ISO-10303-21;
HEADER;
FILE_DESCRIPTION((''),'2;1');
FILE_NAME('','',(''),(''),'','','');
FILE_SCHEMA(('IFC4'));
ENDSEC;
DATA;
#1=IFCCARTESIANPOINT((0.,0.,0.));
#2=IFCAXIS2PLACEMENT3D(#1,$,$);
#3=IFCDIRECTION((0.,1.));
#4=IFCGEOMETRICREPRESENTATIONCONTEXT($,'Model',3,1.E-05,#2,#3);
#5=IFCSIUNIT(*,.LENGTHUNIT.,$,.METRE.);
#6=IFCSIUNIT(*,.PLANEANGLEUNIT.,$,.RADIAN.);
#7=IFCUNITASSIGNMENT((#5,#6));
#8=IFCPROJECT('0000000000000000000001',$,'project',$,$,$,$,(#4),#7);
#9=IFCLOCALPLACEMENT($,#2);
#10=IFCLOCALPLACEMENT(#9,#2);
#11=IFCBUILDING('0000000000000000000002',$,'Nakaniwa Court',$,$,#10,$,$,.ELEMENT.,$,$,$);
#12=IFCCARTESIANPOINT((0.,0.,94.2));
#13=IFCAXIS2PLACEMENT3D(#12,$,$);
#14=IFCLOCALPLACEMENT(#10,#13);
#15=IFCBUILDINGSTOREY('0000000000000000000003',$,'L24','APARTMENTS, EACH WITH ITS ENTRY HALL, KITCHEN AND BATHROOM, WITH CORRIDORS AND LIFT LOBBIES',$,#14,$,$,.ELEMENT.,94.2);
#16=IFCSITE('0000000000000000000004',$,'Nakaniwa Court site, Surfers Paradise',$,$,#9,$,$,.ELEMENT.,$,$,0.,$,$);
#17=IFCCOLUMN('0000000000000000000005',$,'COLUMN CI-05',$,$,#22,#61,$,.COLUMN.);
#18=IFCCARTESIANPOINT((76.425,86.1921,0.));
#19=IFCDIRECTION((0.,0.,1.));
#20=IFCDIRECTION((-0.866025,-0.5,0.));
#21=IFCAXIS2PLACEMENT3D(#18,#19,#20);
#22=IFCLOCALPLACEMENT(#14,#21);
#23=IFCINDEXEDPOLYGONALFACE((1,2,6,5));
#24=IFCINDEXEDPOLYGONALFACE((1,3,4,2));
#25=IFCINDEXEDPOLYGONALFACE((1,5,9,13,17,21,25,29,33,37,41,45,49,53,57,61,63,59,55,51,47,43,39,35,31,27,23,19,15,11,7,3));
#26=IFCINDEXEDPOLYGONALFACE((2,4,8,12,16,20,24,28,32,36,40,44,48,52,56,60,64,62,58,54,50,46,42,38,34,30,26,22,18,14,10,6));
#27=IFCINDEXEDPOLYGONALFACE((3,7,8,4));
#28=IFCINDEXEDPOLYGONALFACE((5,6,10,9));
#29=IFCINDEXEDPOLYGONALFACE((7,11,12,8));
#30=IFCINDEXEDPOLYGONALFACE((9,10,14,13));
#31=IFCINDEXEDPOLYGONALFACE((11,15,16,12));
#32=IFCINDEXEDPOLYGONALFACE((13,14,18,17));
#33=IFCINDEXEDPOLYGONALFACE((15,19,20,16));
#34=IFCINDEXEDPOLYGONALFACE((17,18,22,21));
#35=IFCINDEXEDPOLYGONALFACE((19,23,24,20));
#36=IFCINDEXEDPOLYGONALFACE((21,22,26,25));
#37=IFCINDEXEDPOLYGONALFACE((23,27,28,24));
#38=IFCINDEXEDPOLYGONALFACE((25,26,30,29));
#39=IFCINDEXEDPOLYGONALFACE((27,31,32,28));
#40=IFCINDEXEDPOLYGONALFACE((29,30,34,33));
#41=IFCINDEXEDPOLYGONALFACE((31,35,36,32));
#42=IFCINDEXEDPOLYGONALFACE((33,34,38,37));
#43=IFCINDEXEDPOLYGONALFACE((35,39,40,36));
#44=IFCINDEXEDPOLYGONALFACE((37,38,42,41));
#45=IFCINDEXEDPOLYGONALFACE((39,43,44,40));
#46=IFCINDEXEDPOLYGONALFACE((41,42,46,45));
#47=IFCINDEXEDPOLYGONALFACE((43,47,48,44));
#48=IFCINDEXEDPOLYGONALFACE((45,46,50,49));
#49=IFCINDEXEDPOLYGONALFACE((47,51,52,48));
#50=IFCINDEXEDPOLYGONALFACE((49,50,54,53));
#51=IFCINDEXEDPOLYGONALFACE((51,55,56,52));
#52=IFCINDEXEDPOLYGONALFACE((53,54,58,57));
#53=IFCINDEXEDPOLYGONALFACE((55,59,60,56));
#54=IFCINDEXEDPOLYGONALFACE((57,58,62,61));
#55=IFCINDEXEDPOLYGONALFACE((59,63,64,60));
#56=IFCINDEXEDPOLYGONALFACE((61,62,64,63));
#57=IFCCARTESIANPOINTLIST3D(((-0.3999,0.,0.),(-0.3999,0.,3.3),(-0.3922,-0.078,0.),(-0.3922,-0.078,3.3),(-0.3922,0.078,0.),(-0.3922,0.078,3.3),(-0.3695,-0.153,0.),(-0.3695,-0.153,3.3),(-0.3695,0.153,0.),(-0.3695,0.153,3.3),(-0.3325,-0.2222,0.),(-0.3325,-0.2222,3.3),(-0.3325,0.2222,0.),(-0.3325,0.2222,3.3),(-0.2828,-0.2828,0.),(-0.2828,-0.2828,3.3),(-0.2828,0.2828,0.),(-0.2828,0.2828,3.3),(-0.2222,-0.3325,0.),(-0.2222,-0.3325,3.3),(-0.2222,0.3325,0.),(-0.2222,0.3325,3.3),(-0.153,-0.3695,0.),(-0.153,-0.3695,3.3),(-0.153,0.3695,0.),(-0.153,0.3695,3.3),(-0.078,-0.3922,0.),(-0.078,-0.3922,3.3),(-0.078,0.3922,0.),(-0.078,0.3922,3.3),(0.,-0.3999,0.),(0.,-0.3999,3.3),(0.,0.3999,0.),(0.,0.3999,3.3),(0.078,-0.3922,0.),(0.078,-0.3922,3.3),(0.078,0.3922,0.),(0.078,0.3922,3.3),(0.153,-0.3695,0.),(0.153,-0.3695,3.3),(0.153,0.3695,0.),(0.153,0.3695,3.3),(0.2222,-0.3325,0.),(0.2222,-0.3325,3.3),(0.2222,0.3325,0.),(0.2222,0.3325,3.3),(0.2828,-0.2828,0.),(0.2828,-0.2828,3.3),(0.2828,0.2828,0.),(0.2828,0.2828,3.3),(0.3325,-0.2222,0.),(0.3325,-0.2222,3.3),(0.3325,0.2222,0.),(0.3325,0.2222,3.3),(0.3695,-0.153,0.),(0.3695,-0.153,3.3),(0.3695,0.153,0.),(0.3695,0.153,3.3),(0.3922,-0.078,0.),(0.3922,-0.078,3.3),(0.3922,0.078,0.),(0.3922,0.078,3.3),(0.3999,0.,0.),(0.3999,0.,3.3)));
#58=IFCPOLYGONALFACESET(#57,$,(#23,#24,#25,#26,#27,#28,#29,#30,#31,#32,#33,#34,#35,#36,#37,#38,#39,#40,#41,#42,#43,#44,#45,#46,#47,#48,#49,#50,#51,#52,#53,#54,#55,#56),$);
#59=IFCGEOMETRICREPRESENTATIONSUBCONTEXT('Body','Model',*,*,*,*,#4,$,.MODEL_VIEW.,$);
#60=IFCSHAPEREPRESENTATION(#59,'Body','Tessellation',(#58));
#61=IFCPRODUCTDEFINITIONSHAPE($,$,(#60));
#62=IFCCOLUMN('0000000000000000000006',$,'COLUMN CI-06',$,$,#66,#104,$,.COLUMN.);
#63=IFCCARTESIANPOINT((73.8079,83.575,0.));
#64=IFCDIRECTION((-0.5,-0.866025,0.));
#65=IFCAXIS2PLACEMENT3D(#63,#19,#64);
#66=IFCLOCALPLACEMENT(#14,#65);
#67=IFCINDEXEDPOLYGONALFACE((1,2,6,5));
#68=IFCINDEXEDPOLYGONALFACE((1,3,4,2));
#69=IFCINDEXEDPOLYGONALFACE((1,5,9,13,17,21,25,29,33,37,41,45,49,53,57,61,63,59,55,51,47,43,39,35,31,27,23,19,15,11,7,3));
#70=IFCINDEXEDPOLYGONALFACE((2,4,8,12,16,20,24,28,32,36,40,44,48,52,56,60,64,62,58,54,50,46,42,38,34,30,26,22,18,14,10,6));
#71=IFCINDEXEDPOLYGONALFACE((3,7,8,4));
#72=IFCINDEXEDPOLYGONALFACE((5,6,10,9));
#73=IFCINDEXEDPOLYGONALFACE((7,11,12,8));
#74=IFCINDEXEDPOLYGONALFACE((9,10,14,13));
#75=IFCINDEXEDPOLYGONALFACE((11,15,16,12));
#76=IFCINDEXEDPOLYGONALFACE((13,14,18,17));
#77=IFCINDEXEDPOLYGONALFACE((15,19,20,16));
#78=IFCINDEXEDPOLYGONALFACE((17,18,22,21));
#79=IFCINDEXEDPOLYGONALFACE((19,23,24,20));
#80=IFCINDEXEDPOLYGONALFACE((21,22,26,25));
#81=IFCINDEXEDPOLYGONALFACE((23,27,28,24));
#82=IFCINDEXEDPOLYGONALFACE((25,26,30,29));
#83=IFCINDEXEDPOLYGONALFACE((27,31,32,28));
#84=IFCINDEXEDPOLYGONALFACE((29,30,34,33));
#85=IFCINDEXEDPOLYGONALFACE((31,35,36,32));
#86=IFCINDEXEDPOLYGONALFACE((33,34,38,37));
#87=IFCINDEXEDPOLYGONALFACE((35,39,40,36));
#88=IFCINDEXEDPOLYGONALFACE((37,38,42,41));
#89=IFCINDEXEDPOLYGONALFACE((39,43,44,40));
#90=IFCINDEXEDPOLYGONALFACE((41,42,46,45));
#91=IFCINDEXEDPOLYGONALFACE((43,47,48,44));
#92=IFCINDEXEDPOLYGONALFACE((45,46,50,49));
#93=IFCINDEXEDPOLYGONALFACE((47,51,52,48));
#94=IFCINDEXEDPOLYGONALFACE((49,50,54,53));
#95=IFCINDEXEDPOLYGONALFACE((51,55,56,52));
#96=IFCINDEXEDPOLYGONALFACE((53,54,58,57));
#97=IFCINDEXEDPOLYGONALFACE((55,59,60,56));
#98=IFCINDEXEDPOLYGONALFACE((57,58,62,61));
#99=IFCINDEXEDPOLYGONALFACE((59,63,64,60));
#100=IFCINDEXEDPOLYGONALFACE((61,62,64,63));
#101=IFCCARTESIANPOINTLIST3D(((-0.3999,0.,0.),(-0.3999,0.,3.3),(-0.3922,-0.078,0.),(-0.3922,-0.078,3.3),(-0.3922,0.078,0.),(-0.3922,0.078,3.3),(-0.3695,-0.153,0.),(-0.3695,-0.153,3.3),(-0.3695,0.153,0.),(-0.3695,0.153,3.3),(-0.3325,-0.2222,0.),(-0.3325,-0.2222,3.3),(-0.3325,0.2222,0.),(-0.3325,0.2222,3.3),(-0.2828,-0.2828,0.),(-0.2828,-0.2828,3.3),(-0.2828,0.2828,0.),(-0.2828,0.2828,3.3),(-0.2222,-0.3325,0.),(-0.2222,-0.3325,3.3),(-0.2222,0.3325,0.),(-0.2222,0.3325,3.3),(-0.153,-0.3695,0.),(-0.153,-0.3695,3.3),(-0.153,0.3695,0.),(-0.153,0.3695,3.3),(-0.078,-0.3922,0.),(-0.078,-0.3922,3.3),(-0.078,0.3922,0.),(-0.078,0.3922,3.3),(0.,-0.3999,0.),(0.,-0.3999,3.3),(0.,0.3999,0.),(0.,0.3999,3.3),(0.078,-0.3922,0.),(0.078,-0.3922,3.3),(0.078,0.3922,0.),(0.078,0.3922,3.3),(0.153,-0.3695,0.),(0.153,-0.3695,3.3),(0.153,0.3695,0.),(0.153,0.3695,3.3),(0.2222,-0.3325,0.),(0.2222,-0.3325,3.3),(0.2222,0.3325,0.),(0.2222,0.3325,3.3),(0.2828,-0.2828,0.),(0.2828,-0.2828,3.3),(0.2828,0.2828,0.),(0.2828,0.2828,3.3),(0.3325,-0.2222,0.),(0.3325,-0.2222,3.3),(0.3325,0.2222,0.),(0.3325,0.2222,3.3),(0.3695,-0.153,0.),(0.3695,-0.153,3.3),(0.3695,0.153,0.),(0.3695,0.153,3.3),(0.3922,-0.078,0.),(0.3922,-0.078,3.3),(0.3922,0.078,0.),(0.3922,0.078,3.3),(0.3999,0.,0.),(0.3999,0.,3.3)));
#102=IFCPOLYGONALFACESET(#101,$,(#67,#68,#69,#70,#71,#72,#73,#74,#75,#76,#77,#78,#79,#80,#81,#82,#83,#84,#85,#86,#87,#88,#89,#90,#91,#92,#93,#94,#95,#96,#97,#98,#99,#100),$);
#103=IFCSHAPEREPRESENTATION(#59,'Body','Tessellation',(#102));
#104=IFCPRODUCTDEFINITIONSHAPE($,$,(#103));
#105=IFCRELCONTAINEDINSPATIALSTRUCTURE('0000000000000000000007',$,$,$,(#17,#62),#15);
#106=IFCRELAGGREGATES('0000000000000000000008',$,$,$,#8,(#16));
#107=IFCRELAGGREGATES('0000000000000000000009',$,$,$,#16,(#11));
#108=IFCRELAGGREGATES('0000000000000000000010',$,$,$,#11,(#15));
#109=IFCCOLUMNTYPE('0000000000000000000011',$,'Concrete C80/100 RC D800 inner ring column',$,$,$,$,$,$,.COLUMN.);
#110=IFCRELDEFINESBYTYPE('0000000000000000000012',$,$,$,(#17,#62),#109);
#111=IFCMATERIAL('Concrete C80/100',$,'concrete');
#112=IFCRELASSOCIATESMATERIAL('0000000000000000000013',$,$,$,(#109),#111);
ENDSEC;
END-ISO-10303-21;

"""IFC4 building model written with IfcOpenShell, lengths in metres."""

from ifc_helpers import new_model, si_unit, direction, frame, origin, origin_2d, place, context, subcontext, project, spatial, circle, extrude, material, material_profile, profile_set, type_object, element, save


model = new_model("IFC4")

# Units and contexts
model_context = context("Model", 3, precision=1e-05, world=origin(), true_north=direction((0.0, 1.0)))
body_context = subcontext(model_context, "Body", "Model", "MODEL_VIEW")
ifc_project = project(units=[si_unit("LENGTHUNIT", "METRE"), si_unit("PLANEANGLEUNIT", "RADIAN")], contexts=[model_context])

# Site, building, storey
site_placement = place(None, origin())
site = spatial("IfcSite", under=ifc_project, at=site_placement, Name="Nakaniwa Court site, Surfers Paradise", CompositionType="ELEMENT", RefElevation=0.0)
building_placement = place(site_placement, origin())
building = spatial("IfcBuilding", under=site, at=building_placement, Name="Nakaniwa Court", CompositionType="ELEMENT")
storey_placement = place(building_placement, frame((0.0, 0.0, 94.2)))
storey = spatial("IfcBuildingStorey", under=building, at=storey_placement, Name="L24", Description="APARTMENTS, EACH WITH ITS ENTRY HALL, KITCHEN AND BATHROOM, WITH CORRIDORS AND LIFT LOBBIES", CompositionType="ELEMENT", Elevation=94.2)

# Columns
ifc_material_1 = material(Name="Concrete C80/100", Category="concrete")
ifc_material_profile_1 = material_profile(ifc_material_1, circle(Radius=0.3999, at=origin_2d()), Name="Concrete C80/100 RC D800 inner ring column")
ifc_profile_set_1 = profile_set([ifc_material_profile_1], Name="Concrete C80/100")
column_type_1 = type_object("IfcColumnType", Name="Concrete C80/100 RC D800 inner ring column", PredefinedType="COLUMN", material=ifc_profile_set_1)
for number, where, z_axis, x_axis, name in (
    (1, (76.425, 86.1921, 0.0), (0.0, 0.0, 1.0), (-0.866025, -0.5, 0.0), "COLUMN CI-05"),
    (2, (73.8079, 83.575, 0.0), (0.0, 0.0, 1.0), (-0.5, -0.866025, 0.0), "COLUMN CI-06"),
):
    element("IfcColumn", number, at=place(storey_placement, frame(where, z_axis=z_axis, x_axis=x_axis)), inside=storey, type_object=column_type_1, Name=name, PredefinedType="COLUMN", context=body_context, shape_type="SweptSolid", body=[
        extrude(circle(Radius=0.3999, at=origin_2d()), origin(), (0.0, 0.0, 1.0), 3.3),
    ])

save(model, "model.ifc")
